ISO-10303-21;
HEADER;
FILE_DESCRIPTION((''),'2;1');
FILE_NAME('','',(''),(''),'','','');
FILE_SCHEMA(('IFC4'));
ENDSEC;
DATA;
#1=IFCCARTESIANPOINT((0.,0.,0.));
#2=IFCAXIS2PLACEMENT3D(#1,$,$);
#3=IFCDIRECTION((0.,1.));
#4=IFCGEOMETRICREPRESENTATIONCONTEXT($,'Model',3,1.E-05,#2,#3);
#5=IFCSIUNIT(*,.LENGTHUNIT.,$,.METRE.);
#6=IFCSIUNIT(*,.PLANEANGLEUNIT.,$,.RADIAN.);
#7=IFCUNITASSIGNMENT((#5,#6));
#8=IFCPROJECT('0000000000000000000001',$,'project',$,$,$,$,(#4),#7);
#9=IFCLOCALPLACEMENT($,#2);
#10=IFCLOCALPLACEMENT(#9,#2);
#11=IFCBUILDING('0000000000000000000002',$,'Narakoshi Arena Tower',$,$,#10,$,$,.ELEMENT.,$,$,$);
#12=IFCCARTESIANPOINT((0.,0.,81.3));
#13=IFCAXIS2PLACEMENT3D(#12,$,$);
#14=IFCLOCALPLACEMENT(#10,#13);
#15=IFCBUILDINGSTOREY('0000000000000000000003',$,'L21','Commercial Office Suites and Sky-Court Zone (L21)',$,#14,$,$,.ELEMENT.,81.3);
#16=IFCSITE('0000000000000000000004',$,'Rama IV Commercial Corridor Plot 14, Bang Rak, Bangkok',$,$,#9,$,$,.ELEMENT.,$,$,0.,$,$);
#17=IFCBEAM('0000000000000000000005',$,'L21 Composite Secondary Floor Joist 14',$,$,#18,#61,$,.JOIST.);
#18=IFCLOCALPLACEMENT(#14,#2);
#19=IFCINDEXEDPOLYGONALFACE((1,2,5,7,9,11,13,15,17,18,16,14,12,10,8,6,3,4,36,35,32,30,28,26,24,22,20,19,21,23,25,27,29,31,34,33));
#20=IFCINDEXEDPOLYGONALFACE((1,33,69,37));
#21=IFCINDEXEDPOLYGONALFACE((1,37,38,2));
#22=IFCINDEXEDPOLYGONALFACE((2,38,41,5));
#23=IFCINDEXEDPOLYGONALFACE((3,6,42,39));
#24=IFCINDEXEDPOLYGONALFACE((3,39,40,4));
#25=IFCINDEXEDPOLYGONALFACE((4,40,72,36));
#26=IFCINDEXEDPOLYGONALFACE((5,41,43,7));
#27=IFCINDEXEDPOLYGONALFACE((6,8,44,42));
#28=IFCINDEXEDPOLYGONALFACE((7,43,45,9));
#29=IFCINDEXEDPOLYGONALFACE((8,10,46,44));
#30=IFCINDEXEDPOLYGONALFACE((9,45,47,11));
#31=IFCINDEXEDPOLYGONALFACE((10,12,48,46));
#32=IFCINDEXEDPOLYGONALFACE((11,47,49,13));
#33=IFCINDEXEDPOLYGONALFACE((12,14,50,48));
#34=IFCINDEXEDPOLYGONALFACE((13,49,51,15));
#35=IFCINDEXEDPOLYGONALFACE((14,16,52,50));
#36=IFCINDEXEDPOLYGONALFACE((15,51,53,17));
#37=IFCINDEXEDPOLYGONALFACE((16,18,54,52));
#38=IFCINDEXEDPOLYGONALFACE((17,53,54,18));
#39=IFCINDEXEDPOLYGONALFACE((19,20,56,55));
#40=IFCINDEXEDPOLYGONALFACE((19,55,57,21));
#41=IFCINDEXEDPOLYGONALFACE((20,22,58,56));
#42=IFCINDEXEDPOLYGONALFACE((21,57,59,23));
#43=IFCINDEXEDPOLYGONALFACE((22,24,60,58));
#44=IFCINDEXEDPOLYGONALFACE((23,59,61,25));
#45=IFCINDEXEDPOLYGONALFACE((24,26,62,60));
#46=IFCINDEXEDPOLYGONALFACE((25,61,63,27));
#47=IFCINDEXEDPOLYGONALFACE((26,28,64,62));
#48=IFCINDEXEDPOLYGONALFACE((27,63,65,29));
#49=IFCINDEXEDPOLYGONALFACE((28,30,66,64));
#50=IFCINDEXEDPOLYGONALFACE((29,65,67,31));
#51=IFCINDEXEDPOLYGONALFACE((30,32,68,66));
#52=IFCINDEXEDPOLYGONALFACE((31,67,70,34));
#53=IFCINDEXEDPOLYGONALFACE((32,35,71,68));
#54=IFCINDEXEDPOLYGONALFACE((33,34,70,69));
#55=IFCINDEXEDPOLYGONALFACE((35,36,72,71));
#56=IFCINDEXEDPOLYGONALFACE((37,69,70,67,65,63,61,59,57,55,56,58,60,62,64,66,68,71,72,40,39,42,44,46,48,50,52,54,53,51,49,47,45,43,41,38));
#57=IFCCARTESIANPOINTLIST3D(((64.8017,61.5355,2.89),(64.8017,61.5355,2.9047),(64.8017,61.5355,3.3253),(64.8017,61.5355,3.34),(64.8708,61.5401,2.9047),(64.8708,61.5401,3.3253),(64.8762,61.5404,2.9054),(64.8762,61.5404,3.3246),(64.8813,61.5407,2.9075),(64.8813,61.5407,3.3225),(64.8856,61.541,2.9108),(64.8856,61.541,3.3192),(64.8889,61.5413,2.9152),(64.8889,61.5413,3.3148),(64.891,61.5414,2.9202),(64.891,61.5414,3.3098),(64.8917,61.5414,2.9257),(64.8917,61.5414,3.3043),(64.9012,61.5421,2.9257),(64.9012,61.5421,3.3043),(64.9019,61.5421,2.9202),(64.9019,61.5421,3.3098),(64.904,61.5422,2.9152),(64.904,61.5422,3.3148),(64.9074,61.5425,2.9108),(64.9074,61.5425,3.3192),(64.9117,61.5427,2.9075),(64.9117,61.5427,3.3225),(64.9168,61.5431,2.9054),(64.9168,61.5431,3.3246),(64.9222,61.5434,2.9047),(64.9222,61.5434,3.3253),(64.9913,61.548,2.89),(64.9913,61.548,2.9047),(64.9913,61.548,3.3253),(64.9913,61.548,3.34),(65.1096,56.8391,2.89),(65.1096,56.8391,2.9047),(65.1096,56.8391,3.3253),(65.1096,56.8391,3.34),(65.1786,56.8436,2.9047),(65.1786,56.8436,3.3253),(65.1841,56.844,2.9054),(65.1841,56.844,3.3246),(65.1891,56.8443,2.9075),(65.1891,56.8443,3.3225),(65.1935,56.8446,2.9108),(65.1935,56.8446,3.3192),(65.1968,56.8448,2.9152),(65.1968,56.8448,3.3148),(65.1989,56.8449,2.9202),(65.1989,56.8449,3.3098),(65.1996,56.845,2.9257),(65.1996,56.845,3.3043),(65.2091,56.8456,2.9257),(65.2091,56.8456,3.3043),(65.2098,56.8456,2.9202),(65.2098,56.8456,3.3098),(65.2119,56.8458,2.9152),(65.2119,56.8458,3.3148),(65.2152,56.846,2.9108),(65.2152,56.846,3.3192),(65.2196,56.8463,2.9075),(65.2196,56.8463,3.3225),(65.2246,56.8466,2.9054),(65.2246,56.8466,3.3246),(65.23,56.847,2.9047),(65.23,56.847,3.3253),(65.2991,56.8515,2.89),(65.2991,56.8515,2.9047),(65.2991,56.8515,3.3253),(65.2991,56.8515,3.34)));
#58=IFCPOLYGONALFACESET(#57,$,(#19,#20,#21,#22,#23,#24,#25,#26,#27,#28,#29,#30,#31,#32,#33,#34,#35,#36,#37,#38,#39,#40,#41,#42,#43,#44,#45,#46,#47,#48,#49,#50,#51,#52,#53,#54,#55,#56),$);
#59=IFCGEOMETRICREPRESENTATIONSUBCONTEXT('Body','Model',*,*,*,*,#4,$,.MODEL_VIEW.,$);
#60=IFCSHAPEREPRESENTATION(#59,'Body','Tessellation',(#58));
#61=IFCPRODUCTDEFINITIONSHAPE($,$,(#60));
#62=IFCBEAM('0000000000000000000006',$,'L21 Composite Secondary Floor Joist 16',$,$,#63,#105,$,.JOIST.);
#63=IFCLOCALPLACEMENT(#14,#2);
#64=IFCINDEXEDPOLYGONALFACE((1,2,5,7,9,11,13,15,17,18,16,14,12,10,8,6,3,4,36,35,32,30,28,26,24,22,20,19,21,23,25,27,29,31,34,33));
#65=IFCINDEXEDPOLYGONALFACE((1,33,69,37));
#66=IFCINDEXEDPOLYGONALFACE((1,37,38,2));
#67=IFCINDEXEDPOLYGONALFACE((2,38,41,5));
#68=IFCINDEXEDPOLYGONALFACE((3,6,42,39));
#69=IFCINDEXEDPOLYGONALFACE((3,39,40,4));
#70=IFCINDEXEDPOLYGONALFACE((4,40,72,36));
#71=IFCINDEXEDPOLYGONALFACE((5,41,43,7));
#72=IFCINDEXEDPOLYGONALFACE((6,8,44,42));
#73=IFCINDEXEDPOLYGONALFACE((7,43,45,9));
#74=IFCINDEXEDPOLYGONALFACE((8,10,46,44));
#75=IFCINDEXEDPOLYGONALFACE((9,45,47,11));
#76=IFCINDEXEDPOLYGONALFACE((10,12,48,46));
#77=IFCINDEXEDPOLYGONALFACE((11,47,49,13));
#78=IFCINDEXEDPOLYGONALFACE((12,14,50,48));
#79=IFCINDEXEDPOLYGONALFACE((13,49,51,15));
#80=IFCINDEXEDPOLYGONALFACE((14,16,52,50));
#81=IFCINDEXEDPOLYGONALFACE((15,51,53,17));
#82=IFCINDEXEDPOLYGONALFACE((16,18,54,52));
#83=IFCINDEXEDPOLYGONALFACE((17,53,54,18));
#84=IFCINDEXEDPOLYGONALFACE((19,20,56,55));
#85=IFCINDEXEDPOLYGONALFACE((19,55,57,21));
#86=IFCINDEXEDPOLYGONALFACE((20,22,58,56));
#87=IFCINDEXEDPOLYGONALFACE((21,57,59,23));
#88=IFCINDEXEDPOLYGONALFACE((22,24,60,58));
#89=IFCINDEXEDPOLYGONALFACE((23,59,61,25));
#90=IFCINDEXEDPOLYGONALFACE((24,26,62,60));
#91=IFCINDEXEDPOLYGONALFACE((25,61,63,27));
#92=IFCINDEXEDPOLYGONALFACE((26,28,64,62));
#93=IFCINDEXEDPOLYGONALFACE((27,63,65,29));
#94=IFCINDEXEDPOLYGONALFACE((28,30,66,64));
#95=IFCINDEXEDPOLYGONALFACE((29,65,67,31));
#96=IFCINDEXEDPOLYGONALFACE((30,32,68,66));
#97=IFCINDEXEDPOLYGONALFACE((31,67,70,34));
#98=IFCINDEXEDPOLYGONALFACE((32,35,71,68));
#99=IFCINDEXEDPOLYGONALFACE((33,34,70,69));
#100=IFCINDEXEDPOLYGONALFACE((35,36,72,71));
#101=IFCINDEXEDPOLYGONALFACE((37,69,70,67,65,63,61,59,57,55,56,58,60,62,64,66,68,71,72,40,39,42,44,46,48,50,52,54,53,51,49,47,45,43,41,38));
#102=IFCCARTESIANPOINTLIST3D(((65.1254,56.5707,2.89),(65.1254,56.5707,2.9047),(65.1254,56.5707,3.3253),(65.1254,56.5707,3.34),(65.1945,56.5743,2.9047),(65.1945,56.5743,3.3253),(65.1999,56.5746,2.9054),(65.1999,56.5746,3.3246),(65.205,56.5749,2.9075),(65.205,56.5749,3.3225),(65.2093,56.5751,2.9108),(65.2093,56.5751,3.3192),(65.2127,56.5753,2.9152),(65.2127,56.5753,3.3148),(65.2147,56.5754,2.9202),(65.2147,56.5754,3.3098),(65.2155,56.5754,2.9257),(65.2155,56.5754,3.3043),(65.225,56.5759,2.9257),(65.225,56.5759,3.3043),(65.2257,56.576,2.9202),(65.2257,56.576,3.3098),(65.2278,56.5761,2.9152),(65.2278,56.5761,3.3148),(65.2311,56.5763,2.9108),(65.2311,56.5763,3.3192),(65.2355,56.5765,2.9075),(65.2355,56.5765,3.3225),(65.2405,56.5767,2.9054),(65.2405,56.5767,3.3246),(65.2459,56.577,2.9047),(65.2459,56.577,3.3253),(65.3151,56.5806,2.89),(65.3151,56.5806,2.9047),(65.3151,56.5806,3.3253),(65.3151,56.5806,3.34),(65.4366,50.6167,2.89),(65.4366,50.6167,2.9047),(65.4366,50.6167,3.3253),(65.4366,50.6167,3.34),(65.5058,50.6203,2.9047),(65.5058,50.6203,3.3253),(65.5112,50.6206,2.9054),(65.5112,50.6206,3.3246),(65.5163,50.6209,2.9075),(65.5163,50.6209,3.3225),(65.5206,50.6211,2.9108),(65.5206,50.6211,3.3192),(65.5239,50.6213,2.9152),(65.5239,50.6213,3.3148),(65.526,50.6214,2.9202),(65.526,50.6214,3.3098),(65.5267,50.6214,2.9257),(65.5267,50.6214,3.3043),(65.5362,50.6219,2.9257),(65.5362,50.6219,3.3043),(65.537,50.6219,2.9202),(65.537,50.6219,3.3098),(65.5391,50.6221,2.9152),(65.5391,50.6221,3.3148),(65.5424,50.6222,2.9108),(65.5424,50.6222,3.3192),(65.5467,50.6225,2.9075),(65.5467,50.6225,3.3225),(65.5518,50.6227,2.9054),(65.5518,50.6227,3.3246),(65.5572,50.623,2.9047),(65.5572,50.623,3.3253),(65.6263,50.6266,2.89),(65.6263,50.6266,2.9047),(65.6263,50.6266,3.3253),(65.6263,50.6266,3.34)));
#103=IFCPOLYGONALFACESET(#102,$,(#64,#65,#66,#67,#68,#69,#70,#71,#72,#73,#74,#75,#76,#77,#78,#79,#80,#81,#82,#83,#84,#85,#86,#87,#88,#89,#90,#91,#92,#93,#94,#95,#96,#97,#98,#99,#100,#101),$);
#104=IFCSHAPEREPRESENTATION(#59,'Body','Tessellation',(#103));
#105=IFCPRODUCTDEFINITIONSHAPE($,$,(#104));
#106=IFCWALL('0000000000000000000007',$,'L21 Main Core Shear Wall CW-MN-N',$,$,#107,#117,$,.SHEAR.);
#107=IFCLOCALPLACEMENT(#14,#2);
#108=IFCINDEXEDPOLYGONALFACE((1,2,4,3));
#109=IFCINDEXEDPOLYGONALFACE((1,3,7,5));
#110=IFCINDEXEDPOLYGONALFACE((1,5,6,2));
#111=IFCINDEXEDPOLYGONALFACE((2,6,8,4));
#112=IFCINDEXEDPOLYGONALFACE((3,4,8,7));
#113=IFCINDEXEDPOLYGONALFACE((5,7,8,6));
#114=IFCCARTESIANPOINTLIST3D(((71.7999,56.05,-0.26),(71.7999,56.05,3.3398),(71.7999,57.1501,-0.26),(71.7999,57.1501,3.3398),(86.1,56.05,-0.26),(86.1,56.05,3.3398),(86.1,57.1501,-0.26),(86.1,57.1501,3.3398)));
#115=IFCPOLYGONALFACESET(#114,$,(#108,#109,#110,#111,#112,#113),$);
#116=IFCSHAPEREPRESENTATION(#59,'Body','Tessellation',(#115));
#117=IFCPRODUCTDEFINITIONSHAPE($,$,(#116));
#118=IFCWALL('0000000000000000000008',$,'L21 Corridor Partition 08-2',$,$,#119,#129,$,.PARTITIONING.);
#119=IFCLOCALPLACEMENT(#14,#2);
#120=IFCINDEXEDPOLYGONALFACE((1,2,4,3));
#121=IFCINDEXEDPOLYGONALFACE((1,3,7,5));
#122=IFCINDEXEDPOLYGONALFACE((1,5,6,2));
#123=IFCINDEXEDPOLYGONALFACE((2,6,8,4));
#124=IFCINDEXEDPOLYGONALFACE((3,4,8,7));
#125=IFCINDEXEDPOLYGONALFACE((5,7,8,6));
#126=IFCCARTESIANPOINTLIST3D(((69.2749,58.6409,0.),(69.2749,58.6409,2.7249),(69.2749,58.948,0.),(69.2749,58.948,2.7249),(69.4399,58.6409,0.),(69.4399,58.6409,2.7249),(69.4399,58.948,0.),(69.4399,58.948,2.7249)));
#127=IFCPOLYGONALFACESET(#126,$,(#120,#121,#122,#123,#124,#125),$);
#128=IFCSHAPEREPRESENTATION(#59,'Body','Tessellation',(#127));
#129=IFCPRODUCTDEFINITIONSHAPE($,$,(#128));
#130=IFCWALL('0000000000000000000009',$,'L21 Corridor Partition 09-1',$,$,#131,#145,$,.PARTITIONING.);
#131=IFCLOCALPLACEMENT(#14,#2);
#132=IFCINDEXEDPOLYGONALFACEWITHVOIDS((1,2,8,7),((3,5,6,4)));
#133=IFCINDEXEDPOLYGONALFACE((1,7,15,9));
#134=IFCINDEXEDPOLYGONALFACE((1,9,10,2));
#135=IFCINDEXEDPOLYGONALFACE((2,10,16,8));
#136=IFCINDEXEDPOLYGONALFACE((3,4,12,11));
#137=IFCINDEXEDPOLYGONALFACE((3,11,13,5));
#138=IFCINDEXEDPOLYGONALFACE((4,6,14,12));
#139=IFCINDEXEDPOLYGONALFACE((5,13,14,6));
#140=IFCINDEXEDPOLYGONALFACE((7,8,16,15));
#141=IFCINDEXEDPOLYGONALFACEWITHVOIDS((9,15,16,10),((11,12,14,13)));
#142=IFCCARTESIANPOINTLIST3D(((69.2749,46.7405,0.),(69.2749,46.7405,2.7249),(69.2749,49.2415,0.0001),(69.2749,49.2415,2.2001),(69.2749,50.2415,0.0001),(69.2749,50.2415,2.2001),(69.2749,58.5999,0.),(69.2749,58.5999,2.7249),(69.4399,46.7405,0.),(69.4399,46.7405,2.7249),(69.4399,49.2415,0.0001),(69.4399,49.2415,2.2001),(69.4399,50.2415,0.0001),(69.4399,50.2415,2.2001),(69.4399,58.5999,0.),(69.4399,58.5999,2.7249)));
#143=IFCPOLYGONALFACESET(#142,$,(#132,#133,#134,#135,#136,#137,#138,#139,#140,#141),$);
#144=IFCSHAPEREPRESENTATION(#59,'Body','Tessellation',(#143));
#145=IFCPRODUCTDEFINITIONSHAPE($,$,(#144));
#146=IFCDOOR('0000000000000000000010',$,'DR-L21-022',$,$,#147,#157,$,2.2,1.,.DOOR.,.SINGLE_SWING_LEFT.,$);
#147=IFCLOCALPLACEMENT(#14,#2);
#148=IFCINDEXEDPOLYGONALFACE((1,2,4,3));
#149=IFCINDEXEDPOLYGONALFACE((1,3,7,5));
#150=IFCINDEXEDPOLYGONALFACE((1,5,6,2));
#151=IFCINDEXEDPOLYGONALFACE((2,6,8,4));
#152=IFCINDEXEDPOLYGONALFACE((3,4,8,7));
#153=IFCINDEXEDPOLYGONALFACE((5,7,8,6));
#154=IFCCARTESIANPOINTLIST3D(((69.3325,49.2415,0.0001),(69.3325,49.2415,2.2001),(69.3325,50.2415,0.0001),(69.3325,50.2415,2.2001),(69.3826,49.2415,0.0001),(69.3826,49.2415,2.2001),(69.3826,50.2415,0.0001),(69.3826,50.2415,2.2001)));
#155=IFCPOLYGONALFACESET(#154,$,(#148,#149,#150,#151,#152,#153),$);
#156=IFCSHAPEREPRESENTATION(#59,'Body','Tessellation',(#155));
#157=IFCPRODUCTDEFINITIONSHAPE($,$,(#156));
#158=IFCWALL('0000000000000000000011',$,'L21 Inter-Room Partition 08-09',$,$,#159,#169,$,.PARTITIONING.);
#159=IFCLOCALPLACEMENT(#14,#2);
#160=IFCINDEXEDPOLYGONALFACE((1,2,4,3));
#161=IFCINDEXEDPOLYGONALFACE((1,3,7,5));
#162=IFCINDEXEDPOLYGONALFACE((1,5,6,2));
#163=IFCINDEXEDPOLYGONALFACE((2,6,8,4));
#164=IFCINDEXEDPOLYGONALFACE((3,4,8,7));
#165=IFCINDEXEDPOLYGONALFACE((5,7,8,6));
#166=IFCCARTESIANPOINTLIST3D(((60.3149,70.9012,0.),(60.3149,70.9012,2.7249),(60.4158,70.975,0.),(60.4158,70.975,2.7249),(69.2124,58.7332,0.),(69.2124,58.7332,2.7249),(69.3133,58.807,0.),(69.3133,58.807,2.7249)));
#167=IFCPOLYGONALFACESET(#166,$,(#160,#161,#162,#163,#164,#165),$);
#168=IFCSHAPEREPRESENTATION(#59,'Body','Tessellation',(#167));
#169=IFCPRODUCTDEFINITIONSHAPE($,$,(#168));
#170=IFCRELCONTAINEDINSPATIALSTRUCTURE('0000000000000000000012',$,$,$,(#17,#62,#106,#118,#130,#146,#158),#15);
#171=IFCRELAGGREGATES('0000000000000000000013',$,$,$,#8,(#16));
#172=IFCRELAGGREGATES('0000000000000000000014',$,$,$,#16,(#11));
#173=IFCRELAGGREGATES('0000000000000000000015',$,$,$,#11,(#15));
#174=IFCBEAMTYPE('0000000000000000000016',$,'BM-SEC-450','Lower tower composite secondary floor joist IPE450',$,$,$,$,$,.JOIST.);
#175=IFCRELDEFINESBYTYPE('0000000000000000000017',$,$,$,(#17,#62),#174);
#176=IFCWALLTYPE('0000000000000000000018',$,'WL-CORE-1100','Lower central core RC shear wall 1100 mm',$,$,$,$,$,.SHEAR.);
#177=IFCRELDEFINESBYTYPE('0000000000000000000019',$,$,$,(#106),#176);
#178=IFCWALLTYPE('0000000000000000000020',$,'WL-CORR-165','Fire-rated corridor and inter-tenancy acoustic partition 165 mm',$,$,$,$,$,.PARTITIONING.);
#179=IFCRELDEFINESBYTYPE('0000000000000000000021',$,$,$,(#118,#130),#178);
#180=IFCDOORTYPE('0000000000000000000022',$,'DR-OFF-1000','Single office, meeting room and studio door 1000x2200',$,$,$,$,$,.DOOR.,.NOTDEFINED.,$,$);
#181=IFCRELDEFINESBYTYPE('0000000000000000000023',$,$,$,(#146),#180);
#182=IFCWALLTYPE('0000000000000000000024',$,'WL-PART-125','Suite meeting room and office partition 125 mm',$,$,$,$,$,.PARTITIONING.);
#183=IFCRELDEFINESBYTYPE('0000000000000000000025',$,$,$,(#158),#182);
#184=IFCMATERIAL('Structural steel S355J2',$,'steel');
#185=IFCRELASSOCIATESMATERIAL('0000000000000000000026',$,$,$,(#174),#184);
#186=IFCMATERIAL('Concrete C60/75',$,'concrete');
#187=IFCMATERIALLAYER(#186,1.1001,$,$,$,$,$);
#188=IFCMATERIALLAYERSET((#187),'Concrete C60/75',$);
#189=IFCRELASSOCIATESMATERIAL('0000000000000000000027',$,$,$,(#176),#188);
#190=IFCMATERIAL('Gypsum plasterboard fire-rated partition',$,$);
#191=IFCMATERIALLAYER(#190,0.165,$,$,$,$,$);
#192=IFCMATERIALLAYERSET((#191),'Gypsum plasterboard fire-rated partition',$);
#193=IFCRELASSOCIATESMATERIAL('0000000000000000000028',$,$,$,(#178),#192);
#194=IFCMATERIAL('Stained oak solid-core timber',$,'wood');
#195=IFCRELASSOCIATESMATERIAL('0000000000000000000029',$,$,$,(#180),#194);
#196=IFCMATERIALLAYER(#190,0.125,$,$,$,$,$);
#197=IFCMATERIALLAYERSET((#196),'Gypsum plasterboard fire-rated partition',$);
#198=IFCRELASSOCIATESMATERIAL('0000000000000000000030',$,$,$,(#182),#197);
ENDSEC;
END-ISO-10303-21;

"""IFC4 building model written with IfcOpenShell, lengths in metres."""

from ifc_helpers import new_model, si_unit, direction, frame, frame_2d, origin, origin_2d, place, context, subcontext, project, spatial, rectangle, i_section, extrude, material, layer, layer_set, material_profile, profile_set, type_object, element, fill, save


model = new_model("IFC4")

# Units and contexts
model_context = context("Model", 3, precision=1e-05, world=origin(), true_north=direction((0.0, 1.0)))
body_context = subcontext(model_context, "Body", "Model", "MODEL_VIEW")
ifc_project = project(units=[si_unit("LENGTHUNIT", "METRE"), si_unit("PLANEANGLEUNIT", "RADIAN")], contexts=[model_context])

# Site, building, storey
site_placement = place(None, origin())
site = spatial("IfcSite", under=ifc_project, at=site_placement, Name="Rama IV Commercial Corridor Plot 14, Bang Rak, Bangkok", CompositionType="ELEMENT", RefElevation=0.0)
building_placement = place(site_placement, origin())
building = spatial("IfcBuilding", under=site, at=building_placement, Name="Narakoshi Arena Tower", CompositionType="ELEMENT")
storey_placement = place(building_placement, frame((0.0, 0.0, 81.3)))
storey = spatial("IfcBuildingStorey", under=building, at=storey_placement, Name="L21", Description="Commercial Office Suites and Sky-Court Zone (L21)", CompositionType="ELEMENT", Elevation=81.3)

# Shared definitions
ifc_material_1 = material(Name="Concrete C60/75", Category="concrete")

# Beams
ifc_material_2 = material(Name="Structural steel S355J2", Category="steel")
ifc_material_profile_1 = material_profile(ifc_material_2, i_section(OverallWidth=0.1899, OverallDepth=0.45, WebThickness=0.0095, FlangeThickness=0.0146, FilletRadius=0.021, at=origin_2d()), Name="IPE450")
ifc_profile_set_1 = profile_set([ifc_material_profile_1], Name="Structural steel S355J2")
beam_type_1 = type_object("IfcBeamType", Name="BM-SEC-450", Description="Lower tower composite secondary floor joist IPE450", PredefinedType="JOIST", material=ifc_profile_set_1)
beam_1_placement = place(storey_placement, frame((64.8965, 61.5417, 3.115), z_axis=(0.06541, -0.997858, 0.0), x_axis=(0.997858, 0.06541, 0.0)))
element("IfcBeam", 1, at=beam_1_placement, inside=storey, type_object=beam_type_1, Name="L21 Composite Secondary Floor Joist 14", PredefinedType="JOIST", context=body_context, shape_type="SweptSolid", body=[
    extrude(i_section(OverallWidth=0.1899, OverallDepth=0.45, WebThickness=0.0095, FlangeThickness=0.0146, FilletRadius=0.021, at=origin_2d()), origin(), (0.0, 0.0, 1.0), 4.7065),
])
beam_2_placement = place(storey_placement, frame((65.2202, 56.5757, 3.115), z_axis=(0.052209, -0.998636, 0.0), x_axis=(0.998636, 0.052209, 0.0)))
element("IfcBeam", 2, at=beam_2_placement, inside=storey, type_object=beam_type_1, Name="L21 Composite Secondary Floor Joist 16", PredefinedType="JOIST", context=body_context, shape_type="SweptSolid", body=[
    extrude(i_section(OverallWidth=0.1899, OverallDepth=0.45, WebThickness=0.0095, FlangeThickness=0.0146, FilletRadius=0.021, at=origin_2d()), origin(), (0.0, 0.0, 1.0), 5.9622),
])

# Walls
ifc_layer_1 = layer(ifc_material_1, 1.1001)
ifc_layer_set_1 = layer_set([ifc_layer_1], Name="Concrete C60/75")
wall_type_1 = type_object("IfcWallType", Name="WL-CORE-1100", Description="Lower central core RC shear wall 1100 mm", PredefinedType="SHEAR", material=ifc_layer_set_1)
wall_1_placement = place(storey_placement, frame((71.8, 56.6001, -0.26), z_axis=(0.0, 0.0, 1.0), x_axis=(1.0, 0.0, 0.0)))
element("IfcWall", 3, at=wall_1_placement, inside=storey, type_object=wall_type_1, Name="L21 Main Core Shear Wall CW-MN-N", PredefinedType="SHEAR", context=body_context, shape_type="SweptSolid", body=[
    extrude(rectangle(XDim=14.3, YDim=1.1001, at=frame_2d((7.1499, 0.0))), origin(), (0.0, 0.0, 1.0), 3.5999),
])
ifc_material_3 = material(Name="Gypsum plasterboard fire-rated partition")
ifc_layer_2 = layer(ifc_material_3, 0.165)
ifc_layer_set_2 = layer_set([ifc_layer_2], Name="Gypsum plasterboard fire-rated partition")
wall_type_2 = type_object("IfcWallType", Name="WL-CORR-165", Description="Fire-rated corridor and inter-tenancy acoustic partition 165 mm", PredefinedType="PARTITIONING", material=ifc_layer_set_2)
wall_2_placement = place(storey_placement, frame((69.3574, 58.948, 0.0), z_axis=(0.0, 0.0, 1.0), x_axis=(0.0, -1.0, 0.0)))
element("IfcWall", 4, at=wall_2_placement, inside=storey, type_object=wall_type_2, Name="L21 Corridor Partition 08-2", PredefinedType="PARTITIONING", context=body_context, shape_type="SweptSolid", body=[
    extrude(rectangle(XDim=0.3071, YDim=0.165, at=frame_2d((0.1536, 0.0))), origin(), (0.0, 0.0, 1.0), 2.7249),
])

# Wall, opening, door
wall_3_placement = place(storey_placement, frame((69.3574, 58.5999, 0.0), z_axis=(0.0, 0.0, 1.0), x_axis=(0.0, -1.0, 0.0)))
wall_3 = element("IfcWall", 5, at=wall_3_placement, inside=storey, type_object=wall_type_2, Name="L21 Corridor Partition 09-1", PredefinedType="PARTITIONING", context=body_context, shape_type="SweptSolid", body=[
    extrude(rectangle(XDim=11.8594, YDim=0.165, at=frame_2d((5.9297, 0.0))), origin(), (0.0, 0.0, 1.0), 2.7249),
])
opening_placement = place(wall_3_placement, frame((8.3584, 0.0, 0.0)))
opening = element("IfcOpeningElement", 6, at=opening_placement, cuts=wall_3, PredefinedType="OPENING", context=body_context, shape_type="SweptSolid", body=[
    extrude(rectangle(XDim=1.0, YDim=2.2, at=frame_2d((0.5, 1.1001))), frame((0.0, 0.0925, 0.0), z_axis=(0.0, -1.0, 0.0), x_axis=(1.0, 0.0, 0.0)), (0.0, 0.0, 1.0), 0.1851),
])
ifc_material_4 = material(Name="Stained oak solid-core timber", Category="wood")
door_type = type_object("IfcDoorType", Name="DR-OFF-1000", Description="Single office, meeting room and studio door 1000x2200", OperationType="NOTDEFINED", PredefinedType="DOOR", material=ifc_material_4)
door_placement = place(opening_placement, frame((1.0, 0.0, 0.0), z_axis=(0.0, 0.0, 1.0), x_axis=(-1.0, 0.0, 0.0)))
door = element("IfcDoor", 7, at=door_placement, inside=storey, type_object=door_type, Name="DR-L21-022", OperationType="SINGLE_SWING_LEFT", OverallHeight=2.2, OverallWidth=1.0, PredefinedType="DOOR", context=body_context, shape_type="SweptSolid", body=[
    extrude(rectangle(XDim=1.0, YDim=2.2, at=frame_2d((0.5, 1.1001))), frame((0.0, 0.0249, 0.0), z_axis=(0.0, -1.0, 0.0), x_axis=(1.0, 0.0, 0.0)), (0.0, 0.0, 1.0), 0.05),
])
fill(opening, door)

# Wall
ifc_layer_3 = layer(ifc_material_3, 0.125)
ifc_layer_set_3 = layer_set([ifc_layer_3], Name="Gypsum plasterboard fire-rated partition")
wall_type_3 = type_object("IfcWallType", Name="WL-PART-125", Description="Suite meeting room and office partition 125 mm", PredefinedType="PARTITIONING", material=ifc_layer_set_3)
wall_4_placement = place(storey_placement, frame((69.2629, 58.77, 0.0), z_axis=(0.0, 0.0, 1.0), x_axis=(-0.590254, 0.807218, 0.0)))
element("IfcWall", 8, at=wall_4_placement, inside=storey, type_object=wall_type_3, Name="L21 Inter-Room Partition 08-09", PredefinedType="PARTITIONING", context=body_context, shape_type="SweptSolid", body=[
    extrude(rectangle(XDim=15.074, YDim=0.125, at=frame_2d((7.5371, 0.0))), origin(), (0.0, 0.0, 1.0), 2.7249),
])

save(model, "model.ifc")
